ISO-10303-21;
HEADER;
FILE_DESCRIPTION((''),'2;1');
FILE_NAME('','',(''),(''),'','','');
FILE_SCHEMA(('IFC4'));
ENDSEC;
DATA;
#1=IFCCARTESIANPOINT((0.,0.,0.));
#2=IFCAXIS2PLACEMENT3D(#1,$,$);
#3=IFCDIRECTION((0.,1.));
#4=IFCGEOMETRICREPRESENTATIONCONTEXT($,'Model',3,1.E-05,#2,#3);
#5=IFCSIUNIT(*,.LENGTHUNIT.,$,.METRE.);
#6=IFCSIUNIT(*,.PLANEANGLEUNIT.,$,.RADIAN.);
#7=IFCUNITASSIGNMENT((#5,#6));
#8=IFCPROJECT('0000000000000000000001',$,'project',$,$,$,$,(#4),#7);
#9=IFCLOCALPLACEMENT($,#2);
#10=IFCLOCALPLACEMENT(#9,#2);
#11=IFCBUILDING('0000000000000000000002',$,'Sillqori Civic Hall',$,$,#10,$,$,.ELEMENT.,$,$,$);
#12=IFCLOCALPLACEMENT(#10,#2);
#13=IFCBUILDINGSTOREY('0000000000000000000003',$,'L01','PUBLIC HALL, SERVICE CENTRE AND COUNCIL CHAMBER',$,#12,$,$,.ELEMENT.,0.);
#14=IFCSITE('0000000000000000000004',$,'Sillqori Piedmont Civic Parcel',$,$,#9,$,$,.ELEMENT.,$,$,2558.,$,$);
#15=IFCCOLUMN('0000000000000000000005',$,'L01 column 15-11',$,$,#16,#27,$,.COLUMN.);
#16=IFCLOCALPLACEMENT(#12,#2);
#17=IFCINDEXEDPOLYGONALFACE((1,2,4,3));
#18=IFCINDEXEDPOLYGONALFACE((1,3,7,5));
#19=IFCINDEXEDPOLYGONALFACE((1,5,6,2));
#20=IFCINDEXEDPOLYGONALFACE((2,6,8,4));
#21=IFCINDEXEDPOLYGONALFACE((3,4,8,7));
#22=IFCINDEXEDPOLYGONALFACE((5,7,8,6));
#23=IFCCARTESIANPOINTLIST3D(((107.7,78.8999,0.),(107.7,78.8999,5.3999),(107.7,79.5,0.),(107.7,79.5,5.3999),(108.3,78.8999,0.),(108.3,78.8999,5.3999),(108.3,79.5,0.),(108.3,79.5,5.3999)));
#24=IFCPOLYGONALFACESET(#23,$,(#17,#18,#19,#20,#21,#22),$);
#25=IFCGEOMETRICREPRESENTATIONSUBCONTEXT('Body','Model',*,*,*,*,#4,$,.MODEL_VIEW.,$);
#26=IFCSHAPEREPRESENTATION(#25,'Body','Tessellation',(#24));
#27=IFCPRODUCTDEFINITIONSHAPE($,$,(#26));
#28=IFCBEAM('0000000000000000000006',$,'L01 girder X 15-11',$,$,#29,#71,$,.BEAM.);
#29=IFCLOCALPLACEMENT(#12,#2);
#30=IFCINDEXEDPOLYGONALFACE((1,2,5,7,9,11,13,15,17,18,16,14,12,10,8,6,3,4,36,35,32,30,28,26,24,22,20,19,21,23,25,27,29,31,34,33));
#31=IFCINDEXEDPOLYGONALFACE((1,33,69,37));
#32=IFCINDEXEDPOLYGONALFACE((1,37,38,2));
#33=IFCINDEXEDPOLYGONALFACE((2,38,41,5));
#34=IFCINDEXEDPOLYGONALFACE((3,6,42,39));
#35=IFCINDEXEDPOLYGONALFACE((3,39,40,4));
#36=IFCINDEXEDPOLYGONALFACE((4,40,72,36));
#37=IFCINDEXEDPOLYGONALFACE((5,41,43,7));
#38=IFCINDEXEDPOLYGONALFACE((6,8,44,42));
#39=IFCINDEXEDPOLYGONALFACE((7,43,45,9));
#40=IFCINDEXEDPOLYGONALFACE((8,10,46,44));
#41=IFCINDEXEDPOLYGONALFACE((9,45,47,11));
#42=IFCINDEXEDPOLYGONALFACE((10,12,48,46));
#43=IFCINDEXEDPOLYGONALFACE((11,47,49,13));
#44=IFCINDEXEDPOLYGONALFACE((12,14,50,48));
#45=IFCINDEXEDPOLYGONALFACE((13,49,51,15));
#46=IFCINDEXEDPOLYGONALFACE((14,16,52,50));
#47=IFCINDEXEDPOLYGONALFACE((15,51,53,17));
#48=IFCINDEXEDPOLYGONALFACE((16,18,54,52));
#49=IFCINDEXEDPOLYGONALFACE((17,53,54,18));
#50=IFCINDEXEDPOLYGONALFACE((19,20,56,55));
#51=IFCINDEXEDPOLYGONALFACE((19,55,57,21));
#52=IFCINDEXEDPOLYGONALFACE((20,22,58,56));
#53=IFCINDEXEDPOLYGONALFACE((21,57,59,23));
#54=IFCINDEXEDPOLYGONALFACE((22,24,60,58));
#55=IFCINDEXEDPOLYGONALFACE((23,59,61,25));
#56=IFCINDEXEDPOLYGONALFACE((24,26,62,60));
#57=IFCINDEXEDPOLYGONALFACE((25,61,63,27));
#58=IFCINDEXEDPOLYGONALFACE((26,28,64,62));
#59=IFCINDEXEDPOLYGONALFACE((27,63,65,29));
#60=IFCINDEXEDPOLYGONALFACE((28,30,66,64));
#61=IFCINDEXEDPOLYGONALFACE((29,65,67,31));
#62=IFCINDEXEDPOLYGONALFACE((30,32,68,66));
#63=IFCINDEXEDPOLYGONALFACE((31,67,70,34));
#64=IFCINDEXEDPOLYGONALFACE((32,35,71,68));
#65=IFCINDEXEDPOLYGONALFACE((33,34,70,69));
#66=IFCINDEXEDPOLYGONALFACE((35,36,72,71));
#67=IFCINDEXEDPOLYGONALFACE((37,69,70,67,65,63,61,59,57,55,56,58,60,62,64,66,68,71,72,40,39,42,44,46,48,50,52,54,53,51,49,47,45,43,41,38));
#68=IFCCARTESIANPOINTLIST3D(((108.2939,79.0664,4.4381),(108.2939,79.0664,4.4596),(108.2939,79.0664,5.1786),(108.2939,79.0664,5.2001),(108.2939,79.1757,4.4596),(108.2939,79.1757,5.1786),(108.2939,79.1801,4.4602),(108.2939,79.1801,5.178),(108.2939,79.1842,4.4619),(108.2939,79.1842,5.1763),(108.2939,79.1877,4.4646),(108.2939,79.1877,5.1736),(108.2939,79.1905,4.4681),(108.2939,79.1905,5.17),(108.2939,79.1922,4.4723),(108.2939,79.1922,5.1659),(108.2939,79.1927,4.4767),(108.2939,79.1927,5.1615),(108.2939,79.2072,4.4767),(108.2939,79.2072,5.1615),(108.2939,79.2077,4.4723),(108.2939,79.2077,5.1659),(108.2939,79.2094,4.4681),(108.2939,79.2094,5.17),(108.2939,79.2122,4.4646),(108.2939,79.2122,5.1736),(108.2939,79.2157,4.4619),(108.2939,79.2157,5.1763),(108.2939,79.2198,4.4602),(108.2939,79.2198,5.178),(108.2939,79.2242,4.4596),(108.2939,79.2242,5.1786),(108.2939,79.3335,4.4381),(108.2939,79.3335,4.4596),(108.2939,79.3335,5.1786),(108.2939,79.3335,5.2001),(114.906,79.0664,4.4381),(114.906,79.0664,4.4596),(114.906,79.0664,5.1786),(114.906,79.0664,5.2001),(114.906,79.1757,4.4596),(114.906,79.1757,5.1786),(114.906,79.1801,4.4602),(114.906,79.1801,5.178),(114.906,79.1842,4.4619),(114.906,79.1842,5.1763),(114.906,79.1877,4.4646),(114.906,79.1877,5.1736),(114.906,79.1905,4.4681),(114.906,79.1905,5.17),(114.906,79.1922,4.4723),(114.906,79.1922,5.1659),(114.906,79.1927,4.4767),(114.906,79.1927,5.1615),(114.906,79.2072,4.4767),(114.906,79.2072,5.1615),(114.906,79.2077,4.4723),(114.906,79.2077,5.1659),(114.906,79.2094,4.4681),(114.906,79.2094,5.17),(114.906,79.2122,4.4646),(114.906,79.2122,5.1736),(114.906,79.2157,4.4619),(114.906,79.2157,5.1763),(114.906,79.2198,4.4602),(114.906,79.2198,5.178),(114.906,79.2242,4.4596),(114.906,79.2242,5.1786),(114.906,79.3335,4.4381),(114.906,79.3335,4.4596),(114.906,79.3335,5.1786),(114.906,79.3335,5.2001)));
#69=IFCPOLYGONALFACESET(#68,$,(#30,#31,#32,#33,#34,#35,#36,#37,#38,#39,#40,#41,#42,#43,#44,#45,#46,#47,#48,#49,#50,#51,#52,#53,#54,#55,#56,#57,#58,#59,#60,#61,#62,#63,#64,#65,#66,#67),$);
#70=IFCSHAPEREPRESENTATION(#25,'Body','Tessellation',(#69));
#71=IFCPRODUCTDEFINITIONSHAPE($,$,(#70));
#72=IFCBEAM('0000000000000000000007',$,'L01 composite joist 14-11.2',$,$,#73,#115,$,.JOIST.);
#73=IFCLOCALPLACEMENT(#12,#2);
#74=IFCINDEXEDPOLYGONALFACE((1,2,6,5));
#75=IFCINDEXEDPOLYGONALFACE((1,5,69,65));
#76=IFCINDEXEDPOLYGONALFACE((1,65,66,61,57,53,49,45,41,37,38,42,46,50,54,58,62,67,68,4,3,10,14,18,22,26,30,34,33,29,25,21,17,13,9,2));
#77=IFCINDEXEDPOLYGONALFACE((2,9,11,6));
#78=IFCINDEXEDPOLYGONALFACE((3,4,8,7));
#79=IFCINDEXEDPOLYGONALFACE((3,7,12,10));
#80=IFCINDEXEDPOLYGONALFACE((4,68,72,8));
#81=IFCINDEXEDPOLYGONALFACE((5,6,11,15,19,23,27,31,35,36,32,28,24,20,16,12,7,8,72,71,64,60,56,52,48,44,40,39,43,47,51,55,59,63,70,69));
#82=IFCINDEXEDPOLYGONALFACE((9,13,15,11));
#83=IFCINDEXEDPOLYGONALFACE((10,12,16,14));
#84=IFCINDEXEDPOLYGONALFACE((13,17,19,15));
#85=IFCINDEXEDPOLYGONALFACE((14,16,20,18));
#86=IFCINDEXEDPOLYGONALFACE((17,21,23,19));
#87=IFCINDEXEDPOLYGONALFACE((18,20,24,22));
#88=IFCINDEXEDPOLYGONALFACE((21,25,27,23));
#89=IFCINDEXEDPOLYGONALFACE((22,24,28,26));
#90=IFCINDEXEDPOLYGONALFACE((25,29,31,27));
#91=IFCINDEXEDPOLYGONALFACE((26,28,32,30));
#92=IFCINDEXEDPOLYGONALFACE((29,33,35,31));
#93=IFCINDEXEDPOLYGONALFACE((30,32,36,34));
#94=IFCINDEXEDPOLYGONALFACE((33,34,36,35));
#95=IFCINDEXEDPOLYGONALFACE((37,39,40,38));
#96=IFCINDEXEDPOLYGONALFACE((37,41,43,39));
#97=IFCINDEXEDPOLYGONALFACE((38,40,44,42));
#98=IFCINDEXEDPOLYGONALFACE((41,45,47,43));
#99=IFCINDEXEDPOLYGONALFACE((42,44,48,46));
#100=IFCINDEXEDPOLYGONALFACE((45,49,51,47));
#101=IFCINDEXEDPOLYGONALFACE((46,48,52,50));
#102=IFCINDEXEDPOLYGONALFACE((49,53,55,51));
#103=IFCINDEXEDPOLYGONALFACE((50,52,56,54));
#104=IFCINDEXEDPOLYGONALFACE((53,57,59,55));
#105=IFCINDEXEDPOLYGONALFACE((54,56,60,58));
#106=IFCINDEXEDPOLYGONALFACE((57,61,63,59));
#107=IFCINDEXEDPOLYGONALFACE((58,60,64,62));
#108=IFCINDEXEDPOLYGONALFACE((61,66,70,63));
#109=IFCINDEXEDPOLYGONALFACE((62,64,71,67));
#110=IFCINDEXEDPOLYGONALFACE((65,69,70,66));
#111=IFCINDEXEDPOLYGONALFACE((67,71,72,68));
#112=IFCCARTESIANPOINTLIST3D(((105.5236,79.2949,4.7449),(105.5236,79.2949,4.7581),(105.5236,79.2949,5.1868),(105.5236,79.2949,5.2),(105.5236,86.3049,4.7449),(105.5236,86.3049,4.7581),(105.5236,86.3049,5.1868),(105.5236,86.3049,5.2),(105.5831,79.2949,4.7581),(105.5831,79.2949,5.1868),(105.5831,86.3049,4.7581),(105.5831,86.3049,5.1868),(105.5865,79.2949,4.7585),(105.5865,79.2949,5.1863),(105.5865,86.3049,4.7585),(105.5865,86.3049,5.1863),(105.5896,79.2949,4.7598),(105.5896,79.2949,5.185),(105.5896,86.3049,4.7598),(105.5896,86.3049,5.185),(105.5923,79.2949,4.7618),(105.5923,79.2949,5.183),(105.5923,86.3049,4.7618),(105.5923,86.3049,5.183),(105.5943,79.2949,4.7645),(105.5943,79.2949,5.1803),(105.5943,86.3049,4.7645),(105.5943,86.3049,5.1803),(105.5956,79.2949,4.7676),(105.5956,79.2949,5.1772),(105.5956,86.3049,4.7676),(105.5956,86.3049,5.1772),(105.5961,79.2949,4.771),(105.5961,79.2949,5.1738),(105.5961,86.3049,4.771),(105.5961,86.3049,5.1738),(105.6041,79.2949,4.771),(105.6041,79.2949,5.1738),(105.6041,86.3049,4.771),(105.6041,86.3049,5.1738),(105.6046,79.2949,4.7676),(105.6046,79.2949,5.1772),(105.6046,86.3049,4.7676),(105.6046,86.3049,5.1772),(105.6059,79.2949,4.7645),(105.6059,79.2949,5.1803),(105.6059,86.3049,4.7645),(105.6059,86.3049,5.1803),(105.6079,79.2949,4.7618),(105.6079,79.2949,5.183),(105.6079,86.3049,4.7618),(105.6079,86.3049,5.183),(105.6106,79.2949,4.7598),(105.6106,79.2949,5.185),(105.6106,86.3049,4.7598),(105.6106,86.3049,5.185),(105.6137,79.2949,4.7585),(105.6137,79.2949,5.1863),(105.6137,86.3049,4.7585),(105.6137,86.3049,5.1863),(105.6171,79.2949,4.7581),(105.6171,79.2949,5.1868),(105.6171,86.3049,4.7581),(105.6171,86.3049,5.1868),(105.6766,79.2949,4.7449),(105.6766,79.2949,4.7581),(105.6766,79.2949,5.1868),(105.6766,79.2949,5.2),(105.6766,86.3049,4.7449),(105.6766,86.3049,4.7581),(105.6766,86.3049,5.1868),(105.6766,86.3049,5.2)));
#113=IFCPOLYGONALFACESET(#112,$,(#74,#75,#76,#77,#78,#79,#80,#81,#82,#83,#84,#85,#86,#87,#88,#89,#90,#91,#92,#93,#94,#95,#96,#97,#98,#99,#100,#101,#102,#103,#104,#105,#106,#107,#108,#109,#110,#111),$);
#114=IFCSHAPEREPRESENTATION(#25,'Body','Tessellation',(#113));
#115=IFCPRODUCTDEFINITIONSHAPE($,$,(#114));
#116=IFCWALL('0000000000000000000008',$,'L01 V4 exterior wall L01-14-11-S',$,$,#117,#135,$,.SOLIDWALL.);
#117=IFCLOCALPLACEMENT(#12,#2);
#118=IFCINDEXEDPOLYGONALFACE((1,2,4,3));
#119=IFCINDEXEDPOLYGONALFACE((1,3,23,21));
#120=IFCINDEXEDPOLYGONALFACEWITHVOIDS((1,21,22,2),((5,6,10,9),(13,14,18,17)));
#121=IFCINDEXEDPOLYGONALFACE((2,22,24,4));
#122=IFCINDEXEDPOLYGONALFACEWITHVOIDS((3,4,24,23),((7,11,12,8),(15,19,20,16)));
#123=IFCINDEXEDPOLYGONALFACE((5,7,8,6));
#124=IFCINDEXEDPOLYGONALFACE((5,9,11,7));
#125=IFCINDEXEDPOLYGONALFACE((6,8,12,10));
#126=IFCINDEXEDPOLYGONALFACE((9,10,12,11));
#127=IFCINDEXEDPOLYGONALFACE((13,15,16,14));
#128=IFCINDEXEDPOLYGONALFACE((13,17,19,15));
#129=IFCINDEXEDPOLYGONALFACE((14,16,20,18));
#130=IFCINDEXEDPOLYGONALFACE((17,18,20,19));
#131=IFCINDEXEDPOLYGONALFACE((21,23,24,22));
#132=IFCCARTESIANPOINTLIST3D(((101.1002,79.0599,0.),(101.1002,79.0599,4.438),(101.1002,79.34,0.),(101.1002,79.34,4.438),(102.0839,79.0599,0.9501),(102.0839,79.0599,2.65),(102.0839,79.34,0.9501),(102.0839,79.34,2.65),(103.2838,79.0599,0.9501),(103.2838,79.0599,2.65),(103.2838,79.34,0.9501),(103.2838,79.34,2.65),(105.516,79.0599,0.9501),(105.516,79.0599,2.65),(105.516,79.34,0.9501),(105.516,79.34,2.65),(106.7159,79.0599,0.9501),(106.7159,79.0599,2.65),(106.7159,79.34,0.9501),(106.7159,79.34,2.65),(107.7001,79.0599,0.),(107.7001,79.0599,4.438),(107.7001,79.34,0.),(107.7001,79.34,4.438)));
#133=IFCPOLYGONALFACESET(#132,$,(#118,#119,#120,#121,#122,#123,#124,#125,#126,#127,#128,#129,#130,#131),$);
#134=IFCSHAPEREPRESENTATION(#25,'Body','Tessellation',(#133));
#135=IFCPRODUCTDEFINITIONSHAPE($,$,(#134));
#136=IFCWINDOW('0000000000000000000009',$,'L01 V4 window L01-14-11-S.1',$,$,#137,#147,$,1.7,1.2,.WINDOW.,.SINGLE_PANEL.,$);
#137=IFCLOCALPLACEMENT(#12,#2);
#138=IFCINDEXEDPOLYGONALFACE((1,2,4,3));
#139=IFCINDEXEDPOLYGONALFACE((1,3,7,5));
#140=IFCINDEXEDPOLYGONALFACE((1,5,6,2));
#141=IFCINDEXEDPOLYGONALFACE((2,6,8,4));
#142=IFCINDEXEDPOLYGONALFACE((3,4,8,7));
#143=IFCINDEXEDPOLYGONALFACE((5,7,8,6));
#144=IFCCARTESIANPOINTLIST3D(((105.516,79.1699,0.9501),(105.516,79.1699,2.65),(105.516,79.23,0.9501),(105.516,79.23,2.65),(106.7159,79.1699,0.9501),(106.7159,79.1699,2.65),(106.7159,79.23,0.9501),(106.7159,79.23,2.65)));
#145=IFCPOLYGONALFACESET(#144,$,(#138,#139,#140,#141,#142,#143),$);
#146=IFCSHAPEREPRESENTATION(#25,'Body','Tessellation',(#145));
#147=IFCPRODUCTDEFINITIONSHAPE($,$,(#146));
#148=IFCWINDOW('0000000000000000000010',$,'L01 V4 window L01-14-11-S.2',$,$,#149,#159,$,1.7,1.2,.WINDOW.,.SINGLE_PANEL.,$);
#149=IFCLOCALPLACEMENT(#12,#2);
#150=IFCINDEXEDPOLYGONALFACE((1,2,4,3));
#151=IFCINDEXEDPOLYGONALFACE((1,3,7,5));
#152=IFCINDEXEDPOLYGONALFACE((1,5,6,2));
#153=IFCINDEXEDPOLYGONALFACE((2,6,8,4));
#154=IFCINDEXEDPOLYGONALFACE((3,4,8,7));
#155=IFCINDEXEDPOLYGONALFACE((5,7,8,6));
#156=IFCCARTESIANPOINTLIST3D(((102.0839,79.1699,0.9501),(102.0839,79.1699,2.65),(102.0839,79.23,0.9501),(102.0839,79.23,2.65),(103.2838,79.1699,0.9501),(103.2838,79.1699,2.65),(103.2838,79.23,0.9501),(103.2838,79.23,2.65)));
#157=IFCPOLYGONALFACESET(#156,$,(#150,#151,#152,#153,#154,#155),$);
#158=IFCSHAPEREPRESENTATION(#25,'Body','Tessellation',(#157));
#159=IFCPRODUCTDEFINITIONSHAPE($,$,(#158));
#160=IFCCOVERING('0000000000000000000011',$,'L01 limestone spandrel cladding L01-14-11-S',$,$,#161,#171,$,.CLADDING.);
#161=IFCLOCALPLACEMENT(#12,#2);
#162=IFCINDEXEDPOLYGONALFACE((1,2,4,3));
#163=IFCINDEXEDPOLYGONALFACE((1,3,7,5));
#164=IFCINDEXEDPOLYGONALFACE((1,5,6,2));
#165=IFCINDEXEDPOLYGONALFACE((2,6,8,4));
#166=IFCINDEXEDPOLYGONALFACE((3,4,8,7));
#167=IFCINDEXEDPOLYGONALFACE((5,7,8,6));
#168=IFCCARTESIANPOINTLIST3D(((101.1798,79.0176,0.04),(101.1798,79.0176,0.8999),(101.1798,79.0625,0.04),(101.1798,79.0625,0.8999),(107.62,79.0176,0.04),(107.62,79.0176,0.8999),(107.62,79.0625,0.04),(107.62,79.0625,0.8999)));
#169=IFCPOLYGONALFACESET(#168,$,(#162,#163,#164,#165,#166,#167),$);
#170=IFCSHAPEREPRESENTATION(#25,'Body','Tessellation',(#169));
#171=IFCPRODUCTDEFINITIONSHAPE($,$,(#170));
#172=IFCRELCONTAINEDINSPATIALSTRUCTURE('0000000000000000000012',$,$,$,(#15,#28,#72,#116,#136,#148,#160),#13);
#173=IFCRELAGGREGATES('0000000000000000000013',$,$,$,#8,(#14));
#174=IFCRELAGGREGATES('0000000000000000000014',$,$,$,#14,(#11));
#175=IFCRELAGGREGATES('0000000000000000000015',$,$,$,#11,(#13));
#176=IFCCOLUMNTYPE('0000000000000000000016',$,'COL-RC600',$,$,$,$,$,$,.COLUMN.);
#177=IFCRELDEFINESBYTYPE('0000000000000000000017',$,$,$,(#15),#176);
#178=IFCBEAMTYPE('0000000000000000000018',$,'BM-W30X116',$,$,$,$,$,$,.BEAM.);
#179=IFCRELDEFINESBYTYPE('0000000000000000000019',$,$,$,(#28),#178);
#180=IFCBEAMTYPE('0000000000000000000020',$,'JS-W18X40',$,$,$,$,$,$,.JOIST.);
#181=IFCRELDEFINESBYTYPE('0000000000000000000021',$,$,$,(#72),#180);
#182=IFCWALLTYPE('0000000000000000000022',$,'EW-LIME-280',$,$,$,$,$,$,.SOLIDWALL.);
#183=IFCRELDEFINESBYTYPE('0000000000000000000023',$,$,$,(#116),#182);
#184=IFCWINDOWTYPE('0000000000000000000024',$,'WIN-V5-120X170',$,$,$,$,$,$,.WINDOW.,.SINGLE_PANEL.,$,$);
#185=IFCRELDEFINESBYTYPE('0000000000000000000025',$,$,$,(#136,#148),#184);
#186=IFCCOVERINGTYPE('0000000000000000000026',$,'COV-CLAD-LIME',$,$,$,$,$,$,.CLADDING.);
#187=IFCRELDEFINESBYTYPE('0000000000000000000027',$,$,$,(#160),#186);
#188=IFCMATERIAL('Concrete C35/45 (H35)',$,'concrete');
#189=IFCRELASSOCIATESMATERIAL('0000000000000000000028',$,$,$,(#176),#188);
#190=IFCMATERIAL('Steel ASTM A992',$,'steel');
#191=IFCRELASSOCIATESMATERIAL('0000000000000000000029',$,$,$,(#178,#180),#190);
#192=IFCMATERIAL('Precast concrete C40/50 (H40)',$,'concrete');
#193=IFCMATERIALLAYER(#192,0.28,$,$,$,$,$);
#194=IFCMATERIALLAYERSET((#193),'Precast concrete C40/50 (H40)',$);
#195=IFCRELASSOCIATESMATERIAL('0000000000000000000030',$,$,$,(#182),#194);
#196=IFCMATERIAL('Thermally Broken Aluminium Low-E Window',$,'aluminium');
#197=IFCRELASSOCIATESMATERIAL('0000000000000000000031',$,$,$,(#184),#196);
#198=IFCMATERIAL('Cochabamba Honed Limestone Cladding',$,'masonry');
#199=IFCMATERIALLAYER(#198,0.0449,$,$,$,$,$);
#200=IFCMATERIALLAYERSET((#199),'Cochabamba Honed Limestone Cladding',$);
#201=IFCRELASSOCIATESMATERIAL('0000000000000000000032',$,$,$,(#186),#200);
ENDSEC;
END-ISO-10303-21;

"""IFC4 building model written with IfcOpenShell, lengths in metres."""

from ifc_helpers import new_model, si_unit, direction, frame, frame_2d, origin, origin_2d, place, context, subcontext, project, spatial, rectangle, i_section, extrude, material, layer, layer_set, material_profile, profile_set, type_object, element, fill, save


model = new_model("IFC4")

# Units and contexts
model_context = context("Model", 3, precision=1e-05, world=origin(), true_north=direction((0.0, 1.0)))
body_context = subcontext(model_context, "Body", "Model", "MODEL_VIEW")
ifc_project = project(units=[si_unit("LENGTHUNIT", "METRE"), si_unit("PLANEANGLEUNIT", "RADIAN")], contexts=[model_context])

# Site, building, storey
site_placement = place(None, origin())
site = spatial("IfcSite", under=ifc_project, at=site_placement, Name="Sillqori Piedmont Civic Parcel", CompositionType="ELEMENT", RefElevation=2558.0)
building_placement = place(site_placement, origin())
building = spatial("IfcBuilding", under=site, at=building_placement, Name="Sillqori Civic Hall", CompositionType="ELEMENT")
storey_placement = place(building_placement, origin())
storey = spatial("IfcBuildingStorey", under=building, at=storey_placement, Name="L01", Description="PUBLIC HALL, SERVICE CENTRE AND COUNCIL CHAMBER", CompositionType="ELEMENT", Elevation=0.0)

# Column
ifc_material_1 = material(Name="Concrete C35/45 (H35)", Category="concrete")
ifc_material_profile_1 = material_profile(ifc_material_1, rectangle(XDim=0.6001, YDim=0.6001, at=origin_2d()), Name="RC 600x600")
ifc_profile_set_1 = profile_set([ifc_material_profile_1], Name="Concrete C35/45 (H35)")
column_type = type_object("IfcColumnType", Name="COL-RC600", PredefinedType="COLUMN", material=ifc_profile_set_1)
column_placement = place(storey_placement, frame((108.0, 79.2, 0.0), z_axis=(0.0, 0.0, 1.0), x_axis=(1.0, 0.0, 0.0)))
element("IfcColumn", 1, at=column_placement, inside=storey, type_object=column_type, Name="L01 column 15-11", PredefinedType="COLUMN", context=body_context, shape_type="SweptSolid", body=[
    extrude(rectangle(XDim=0.6001, YDim=0.6001, at=origin_2d()), origin(), (0.0, 0.0, 1.0), 5.3999),
])

# Beam
ifc_material_2 = material(Name="Steel ASTM A992", Category="steel")
ifc_material_profile_2 = material_profile(ifc_material_2, i_section(OverallWidth=0.2671, OverallDepth=0.762, WebThickness=0.0144, FlangeThickness=0.0215, FilletRadius=0.0171, at=origin_2d()), Name="W30X116")
ifc_profile_set_2 = profile_set([ifc_material_profile_2], Name="Steel ASTM A992")
beam_type_1 = type_object("IfcBeamType", Name="BM-W30X116", PredefinedType="BEAM", material=ifc_profile_set_2)
beam_1_placement = place(storey_placement, frame((108.2939, 79.2, 4.8191), z_axis=(1.0, 0.0, 0.0), x_axis=(0.0, 1.0, 0.0)))
element("IfcBeam", 2, at=beam_1_placement, inside=storey, type_object=beam_type_1, Name="L01 girder X 15-11", PredefinedType="BEAM", context=body_context, shape_type="SweptSolid", body=[
    extrude(i_section(OverallWidth=0.2671, OverallDepth=0.762, WebThickness=0.0144, FlangeThickness=0.0215, FilletRadius=0.0171, at=origin_2d()), origin(), (0.0, 0.0, 1.0), 6.6121),
])

# Beam
ifc_material_profile_3 = material_profile(ifc_material_2, i_section(OverallWidth=0.1531, OverallDepth=0.4551, WebThickness=0.0081, FlangeThickness=0.0132, FilletRadius=0.0129, at=origin_2d()), Name="W18X40")
ifc_profile_set_3 = profile_set([ifc_material_profile_3], Name="Steel ASTM A992")
beam_type_2 = type_object("IfcBeamType", Name="JS-W18X40", PredefinedType="JOIST", material=ifc_profile_set_3)
beam_2_placement = place(storey_placement, frame((105.6001, 79.2949, 4.9724), z_axis=(0.0, 1.0, 0.0), x_axis=(-1.0, 0.0, 0.0)))
element("IfcBeam", 3, at=beam_2_placement, inside=storey, type_object=beam_type_2, Name="L01 composite joist 14-11.2", PredefinedType="JOIST", context=body_context, shape_type="SweptSolid", body=[
    extrude(i_section(OverallWidth=0.1531, OverallDepth=0.4551, WebThickness=0.0081, FlangeThickness=0.0132, FilletRadius=0.0129, at=origin_2d()), origin(), (0.0, 0.0, 1.0), 7.01),
])

# Wall, openings, windows
ifc_material_3 = material(Name="Precast concrete C40/50 (H40)", Category="concrete")
ifc_layer_1 = layer(ifc_material_3, 0.28)
ifc_layer_set_1 = layer_set([ifc_layer_1], Name="Precast concrete C40/50 (H40)")
wall_type = type_object("IfcWallType", Name="EW-LIME-280", PredefinedType="SOLIDWALL", material=ifc_layer_set_1)
wall_placement = place(storey_placement, frame((107.7, 79.2, 0.0), z_axis=(0.0, 0.0, 1.0), x_axis=(-1.0, 0.0, 0.0)))
wall = element("IfcWall", 4, at=wall_placement, inside=storey, type_object=wall_type, Name="L01 V4 exterior wall L01-14-11-S", PredefinedType="SOLIDWALL", context=body_context, shape_type="SweptSolid", body=[
    extrude(rectangle(XDim=6.5999, YDim=0.28, at=frame_2d((3.2998, 0.0))), origin(), (0.0, 0.0, 1.0), 4.438),
])
opening_1_placement = place(wall_placement, frame((0.9839, 0.0, 0.95)))
opening_1 = element("IfcOpeningElement", 5, at=opening_1_placement, cuts=wall, PredefinedType="OPENING", context=body_context, shape_type="SweptSolid", body=[
    extrude(rectangle(XDim=1.2, YDim=1.7, at=frame_2d((0.6001, 0.8501))), frame((0.0, 0.1499, 0.0), z_axis=(0.0, -1.0, 0.0), x_axis=(1.0, 0.0, 0.0)), (0.0, 0.0, 1.0), 0.3),
])
opening_2_placement = place(wall_placement, frame((4.416, 0.0, 0.95)))
opening_2 = element("IfcOpeningElement", 6, at=opening_2_placement, cuts=wall, PredefinedType="OPENING", context=body_context, shape_type="SweptSolid", body=[
    extrude(rectangle(XDim=1.2, YDim=1.7, at=frame_2d((0.6001, 0.8501))), frame((0.0, 0.1499, 0.0), z_axis=(0.0, -1.0, 0.0), x_axis=(1.0, 0.0, 0.0)), (0.0, 0.0, 1.0), 0.3),
])
ifc_material_4 = material(Name="Thermally Broken Aluminium Low-E Window", Category="aluminium")
window_type = type_object("IfcWindowType", Name="WIN-V5-120X170", PartitioningType="SINGLE_PANEL", PredefinedType="WINDOW", material=ifc_material_4)
window_1_placement = place(opening_1_placement, origin())
window_1 = element("IfcWindow", 7, at=window_1_placement, inside=storey, type_object=window_type, Name="L01 V4 window L01-14-11-S.1", OverallHeight=1.7, OverallWidth=1.2, PartitioningType="SINGLE_PANEL", PredefinedType="WINDOW", context=body_context, shape_type="SweptSolid", body=[
    extrude(rectangle(XDim=1.2, YDim=1.7, at=frame_2d((0.6001, 0.8501))), frame((0.0, 0.03, 0.0), z_axis=(0.0, -1.0, 0.0), x_axis=(1.0, 0.0, 0.0)), (0.0, 0.0, 1.0), 0.0601),
])
fill(opening_1, window_1)
window_2_placement = place(opening_2_placement, origin())
window_2 = element("IfcWindow", 8, at=window_2_placement, inside=storey, type_object=window_type, Name="L01 V4 window L01-14-11-S.2", OverallHeight=1.7, OverallWidth=1.2, PartitioningType="SINGLE_PANEL", PredefinedType="WINDOW", context=body_context, shape_type="SweptSolid", body=[
    extrude(rectangle(XDim=1.2, YDim=1.7, at=frame_2d((0.6001, 0.8501))), frame((0.0, 0.03, 0.0), z_axis=(0.0, -1.0, 0.0), x_axis=(1.0, 0.0, 0.0)), (0.0, 0.0, 1.0), 0.0601),
])
fill(opening_2, window_2)

# Covering
ifc_material_5 = material(Name="Cochabamba Honed Limestone Cladding", Category="masonry")
ifc_layer_2 = layer(ifc_material_5, 0.0449)
ifc_layer_set_2 = layer_set([ifc_layer_2], Name="Cochabamba Honed Limestone Cladding")
covering_type = type_object("IfcCoveringType", Name="COV-CLAD-LIME", PredefinedType="CLADDING", material=ifc_layer_set_2)
covering_1_placement = place(storey_placement, frame((107.6201, 79.04, 0.04), z_axis=(0.0, 0.0, 1.0), x_axis=(-1.0, 0.0, 0.0)))
element("IfcCovering", 9, at=covering_1_placement, inside=storey, type_object=covering_type, Name="L01 limestone spandrel cladding L01-14-11-S", PredefinedType="CLADDING", context=body_context, shape_type="SweptSolid", body=[
    extrude(rectangle(XDim=6.4402, YDim=0.0449, at=frame_2d((3.2202, 0.0))), origin(), (0.0, 0.0, 1.0), 0.8599),
])

save(model, "model.ifc")
